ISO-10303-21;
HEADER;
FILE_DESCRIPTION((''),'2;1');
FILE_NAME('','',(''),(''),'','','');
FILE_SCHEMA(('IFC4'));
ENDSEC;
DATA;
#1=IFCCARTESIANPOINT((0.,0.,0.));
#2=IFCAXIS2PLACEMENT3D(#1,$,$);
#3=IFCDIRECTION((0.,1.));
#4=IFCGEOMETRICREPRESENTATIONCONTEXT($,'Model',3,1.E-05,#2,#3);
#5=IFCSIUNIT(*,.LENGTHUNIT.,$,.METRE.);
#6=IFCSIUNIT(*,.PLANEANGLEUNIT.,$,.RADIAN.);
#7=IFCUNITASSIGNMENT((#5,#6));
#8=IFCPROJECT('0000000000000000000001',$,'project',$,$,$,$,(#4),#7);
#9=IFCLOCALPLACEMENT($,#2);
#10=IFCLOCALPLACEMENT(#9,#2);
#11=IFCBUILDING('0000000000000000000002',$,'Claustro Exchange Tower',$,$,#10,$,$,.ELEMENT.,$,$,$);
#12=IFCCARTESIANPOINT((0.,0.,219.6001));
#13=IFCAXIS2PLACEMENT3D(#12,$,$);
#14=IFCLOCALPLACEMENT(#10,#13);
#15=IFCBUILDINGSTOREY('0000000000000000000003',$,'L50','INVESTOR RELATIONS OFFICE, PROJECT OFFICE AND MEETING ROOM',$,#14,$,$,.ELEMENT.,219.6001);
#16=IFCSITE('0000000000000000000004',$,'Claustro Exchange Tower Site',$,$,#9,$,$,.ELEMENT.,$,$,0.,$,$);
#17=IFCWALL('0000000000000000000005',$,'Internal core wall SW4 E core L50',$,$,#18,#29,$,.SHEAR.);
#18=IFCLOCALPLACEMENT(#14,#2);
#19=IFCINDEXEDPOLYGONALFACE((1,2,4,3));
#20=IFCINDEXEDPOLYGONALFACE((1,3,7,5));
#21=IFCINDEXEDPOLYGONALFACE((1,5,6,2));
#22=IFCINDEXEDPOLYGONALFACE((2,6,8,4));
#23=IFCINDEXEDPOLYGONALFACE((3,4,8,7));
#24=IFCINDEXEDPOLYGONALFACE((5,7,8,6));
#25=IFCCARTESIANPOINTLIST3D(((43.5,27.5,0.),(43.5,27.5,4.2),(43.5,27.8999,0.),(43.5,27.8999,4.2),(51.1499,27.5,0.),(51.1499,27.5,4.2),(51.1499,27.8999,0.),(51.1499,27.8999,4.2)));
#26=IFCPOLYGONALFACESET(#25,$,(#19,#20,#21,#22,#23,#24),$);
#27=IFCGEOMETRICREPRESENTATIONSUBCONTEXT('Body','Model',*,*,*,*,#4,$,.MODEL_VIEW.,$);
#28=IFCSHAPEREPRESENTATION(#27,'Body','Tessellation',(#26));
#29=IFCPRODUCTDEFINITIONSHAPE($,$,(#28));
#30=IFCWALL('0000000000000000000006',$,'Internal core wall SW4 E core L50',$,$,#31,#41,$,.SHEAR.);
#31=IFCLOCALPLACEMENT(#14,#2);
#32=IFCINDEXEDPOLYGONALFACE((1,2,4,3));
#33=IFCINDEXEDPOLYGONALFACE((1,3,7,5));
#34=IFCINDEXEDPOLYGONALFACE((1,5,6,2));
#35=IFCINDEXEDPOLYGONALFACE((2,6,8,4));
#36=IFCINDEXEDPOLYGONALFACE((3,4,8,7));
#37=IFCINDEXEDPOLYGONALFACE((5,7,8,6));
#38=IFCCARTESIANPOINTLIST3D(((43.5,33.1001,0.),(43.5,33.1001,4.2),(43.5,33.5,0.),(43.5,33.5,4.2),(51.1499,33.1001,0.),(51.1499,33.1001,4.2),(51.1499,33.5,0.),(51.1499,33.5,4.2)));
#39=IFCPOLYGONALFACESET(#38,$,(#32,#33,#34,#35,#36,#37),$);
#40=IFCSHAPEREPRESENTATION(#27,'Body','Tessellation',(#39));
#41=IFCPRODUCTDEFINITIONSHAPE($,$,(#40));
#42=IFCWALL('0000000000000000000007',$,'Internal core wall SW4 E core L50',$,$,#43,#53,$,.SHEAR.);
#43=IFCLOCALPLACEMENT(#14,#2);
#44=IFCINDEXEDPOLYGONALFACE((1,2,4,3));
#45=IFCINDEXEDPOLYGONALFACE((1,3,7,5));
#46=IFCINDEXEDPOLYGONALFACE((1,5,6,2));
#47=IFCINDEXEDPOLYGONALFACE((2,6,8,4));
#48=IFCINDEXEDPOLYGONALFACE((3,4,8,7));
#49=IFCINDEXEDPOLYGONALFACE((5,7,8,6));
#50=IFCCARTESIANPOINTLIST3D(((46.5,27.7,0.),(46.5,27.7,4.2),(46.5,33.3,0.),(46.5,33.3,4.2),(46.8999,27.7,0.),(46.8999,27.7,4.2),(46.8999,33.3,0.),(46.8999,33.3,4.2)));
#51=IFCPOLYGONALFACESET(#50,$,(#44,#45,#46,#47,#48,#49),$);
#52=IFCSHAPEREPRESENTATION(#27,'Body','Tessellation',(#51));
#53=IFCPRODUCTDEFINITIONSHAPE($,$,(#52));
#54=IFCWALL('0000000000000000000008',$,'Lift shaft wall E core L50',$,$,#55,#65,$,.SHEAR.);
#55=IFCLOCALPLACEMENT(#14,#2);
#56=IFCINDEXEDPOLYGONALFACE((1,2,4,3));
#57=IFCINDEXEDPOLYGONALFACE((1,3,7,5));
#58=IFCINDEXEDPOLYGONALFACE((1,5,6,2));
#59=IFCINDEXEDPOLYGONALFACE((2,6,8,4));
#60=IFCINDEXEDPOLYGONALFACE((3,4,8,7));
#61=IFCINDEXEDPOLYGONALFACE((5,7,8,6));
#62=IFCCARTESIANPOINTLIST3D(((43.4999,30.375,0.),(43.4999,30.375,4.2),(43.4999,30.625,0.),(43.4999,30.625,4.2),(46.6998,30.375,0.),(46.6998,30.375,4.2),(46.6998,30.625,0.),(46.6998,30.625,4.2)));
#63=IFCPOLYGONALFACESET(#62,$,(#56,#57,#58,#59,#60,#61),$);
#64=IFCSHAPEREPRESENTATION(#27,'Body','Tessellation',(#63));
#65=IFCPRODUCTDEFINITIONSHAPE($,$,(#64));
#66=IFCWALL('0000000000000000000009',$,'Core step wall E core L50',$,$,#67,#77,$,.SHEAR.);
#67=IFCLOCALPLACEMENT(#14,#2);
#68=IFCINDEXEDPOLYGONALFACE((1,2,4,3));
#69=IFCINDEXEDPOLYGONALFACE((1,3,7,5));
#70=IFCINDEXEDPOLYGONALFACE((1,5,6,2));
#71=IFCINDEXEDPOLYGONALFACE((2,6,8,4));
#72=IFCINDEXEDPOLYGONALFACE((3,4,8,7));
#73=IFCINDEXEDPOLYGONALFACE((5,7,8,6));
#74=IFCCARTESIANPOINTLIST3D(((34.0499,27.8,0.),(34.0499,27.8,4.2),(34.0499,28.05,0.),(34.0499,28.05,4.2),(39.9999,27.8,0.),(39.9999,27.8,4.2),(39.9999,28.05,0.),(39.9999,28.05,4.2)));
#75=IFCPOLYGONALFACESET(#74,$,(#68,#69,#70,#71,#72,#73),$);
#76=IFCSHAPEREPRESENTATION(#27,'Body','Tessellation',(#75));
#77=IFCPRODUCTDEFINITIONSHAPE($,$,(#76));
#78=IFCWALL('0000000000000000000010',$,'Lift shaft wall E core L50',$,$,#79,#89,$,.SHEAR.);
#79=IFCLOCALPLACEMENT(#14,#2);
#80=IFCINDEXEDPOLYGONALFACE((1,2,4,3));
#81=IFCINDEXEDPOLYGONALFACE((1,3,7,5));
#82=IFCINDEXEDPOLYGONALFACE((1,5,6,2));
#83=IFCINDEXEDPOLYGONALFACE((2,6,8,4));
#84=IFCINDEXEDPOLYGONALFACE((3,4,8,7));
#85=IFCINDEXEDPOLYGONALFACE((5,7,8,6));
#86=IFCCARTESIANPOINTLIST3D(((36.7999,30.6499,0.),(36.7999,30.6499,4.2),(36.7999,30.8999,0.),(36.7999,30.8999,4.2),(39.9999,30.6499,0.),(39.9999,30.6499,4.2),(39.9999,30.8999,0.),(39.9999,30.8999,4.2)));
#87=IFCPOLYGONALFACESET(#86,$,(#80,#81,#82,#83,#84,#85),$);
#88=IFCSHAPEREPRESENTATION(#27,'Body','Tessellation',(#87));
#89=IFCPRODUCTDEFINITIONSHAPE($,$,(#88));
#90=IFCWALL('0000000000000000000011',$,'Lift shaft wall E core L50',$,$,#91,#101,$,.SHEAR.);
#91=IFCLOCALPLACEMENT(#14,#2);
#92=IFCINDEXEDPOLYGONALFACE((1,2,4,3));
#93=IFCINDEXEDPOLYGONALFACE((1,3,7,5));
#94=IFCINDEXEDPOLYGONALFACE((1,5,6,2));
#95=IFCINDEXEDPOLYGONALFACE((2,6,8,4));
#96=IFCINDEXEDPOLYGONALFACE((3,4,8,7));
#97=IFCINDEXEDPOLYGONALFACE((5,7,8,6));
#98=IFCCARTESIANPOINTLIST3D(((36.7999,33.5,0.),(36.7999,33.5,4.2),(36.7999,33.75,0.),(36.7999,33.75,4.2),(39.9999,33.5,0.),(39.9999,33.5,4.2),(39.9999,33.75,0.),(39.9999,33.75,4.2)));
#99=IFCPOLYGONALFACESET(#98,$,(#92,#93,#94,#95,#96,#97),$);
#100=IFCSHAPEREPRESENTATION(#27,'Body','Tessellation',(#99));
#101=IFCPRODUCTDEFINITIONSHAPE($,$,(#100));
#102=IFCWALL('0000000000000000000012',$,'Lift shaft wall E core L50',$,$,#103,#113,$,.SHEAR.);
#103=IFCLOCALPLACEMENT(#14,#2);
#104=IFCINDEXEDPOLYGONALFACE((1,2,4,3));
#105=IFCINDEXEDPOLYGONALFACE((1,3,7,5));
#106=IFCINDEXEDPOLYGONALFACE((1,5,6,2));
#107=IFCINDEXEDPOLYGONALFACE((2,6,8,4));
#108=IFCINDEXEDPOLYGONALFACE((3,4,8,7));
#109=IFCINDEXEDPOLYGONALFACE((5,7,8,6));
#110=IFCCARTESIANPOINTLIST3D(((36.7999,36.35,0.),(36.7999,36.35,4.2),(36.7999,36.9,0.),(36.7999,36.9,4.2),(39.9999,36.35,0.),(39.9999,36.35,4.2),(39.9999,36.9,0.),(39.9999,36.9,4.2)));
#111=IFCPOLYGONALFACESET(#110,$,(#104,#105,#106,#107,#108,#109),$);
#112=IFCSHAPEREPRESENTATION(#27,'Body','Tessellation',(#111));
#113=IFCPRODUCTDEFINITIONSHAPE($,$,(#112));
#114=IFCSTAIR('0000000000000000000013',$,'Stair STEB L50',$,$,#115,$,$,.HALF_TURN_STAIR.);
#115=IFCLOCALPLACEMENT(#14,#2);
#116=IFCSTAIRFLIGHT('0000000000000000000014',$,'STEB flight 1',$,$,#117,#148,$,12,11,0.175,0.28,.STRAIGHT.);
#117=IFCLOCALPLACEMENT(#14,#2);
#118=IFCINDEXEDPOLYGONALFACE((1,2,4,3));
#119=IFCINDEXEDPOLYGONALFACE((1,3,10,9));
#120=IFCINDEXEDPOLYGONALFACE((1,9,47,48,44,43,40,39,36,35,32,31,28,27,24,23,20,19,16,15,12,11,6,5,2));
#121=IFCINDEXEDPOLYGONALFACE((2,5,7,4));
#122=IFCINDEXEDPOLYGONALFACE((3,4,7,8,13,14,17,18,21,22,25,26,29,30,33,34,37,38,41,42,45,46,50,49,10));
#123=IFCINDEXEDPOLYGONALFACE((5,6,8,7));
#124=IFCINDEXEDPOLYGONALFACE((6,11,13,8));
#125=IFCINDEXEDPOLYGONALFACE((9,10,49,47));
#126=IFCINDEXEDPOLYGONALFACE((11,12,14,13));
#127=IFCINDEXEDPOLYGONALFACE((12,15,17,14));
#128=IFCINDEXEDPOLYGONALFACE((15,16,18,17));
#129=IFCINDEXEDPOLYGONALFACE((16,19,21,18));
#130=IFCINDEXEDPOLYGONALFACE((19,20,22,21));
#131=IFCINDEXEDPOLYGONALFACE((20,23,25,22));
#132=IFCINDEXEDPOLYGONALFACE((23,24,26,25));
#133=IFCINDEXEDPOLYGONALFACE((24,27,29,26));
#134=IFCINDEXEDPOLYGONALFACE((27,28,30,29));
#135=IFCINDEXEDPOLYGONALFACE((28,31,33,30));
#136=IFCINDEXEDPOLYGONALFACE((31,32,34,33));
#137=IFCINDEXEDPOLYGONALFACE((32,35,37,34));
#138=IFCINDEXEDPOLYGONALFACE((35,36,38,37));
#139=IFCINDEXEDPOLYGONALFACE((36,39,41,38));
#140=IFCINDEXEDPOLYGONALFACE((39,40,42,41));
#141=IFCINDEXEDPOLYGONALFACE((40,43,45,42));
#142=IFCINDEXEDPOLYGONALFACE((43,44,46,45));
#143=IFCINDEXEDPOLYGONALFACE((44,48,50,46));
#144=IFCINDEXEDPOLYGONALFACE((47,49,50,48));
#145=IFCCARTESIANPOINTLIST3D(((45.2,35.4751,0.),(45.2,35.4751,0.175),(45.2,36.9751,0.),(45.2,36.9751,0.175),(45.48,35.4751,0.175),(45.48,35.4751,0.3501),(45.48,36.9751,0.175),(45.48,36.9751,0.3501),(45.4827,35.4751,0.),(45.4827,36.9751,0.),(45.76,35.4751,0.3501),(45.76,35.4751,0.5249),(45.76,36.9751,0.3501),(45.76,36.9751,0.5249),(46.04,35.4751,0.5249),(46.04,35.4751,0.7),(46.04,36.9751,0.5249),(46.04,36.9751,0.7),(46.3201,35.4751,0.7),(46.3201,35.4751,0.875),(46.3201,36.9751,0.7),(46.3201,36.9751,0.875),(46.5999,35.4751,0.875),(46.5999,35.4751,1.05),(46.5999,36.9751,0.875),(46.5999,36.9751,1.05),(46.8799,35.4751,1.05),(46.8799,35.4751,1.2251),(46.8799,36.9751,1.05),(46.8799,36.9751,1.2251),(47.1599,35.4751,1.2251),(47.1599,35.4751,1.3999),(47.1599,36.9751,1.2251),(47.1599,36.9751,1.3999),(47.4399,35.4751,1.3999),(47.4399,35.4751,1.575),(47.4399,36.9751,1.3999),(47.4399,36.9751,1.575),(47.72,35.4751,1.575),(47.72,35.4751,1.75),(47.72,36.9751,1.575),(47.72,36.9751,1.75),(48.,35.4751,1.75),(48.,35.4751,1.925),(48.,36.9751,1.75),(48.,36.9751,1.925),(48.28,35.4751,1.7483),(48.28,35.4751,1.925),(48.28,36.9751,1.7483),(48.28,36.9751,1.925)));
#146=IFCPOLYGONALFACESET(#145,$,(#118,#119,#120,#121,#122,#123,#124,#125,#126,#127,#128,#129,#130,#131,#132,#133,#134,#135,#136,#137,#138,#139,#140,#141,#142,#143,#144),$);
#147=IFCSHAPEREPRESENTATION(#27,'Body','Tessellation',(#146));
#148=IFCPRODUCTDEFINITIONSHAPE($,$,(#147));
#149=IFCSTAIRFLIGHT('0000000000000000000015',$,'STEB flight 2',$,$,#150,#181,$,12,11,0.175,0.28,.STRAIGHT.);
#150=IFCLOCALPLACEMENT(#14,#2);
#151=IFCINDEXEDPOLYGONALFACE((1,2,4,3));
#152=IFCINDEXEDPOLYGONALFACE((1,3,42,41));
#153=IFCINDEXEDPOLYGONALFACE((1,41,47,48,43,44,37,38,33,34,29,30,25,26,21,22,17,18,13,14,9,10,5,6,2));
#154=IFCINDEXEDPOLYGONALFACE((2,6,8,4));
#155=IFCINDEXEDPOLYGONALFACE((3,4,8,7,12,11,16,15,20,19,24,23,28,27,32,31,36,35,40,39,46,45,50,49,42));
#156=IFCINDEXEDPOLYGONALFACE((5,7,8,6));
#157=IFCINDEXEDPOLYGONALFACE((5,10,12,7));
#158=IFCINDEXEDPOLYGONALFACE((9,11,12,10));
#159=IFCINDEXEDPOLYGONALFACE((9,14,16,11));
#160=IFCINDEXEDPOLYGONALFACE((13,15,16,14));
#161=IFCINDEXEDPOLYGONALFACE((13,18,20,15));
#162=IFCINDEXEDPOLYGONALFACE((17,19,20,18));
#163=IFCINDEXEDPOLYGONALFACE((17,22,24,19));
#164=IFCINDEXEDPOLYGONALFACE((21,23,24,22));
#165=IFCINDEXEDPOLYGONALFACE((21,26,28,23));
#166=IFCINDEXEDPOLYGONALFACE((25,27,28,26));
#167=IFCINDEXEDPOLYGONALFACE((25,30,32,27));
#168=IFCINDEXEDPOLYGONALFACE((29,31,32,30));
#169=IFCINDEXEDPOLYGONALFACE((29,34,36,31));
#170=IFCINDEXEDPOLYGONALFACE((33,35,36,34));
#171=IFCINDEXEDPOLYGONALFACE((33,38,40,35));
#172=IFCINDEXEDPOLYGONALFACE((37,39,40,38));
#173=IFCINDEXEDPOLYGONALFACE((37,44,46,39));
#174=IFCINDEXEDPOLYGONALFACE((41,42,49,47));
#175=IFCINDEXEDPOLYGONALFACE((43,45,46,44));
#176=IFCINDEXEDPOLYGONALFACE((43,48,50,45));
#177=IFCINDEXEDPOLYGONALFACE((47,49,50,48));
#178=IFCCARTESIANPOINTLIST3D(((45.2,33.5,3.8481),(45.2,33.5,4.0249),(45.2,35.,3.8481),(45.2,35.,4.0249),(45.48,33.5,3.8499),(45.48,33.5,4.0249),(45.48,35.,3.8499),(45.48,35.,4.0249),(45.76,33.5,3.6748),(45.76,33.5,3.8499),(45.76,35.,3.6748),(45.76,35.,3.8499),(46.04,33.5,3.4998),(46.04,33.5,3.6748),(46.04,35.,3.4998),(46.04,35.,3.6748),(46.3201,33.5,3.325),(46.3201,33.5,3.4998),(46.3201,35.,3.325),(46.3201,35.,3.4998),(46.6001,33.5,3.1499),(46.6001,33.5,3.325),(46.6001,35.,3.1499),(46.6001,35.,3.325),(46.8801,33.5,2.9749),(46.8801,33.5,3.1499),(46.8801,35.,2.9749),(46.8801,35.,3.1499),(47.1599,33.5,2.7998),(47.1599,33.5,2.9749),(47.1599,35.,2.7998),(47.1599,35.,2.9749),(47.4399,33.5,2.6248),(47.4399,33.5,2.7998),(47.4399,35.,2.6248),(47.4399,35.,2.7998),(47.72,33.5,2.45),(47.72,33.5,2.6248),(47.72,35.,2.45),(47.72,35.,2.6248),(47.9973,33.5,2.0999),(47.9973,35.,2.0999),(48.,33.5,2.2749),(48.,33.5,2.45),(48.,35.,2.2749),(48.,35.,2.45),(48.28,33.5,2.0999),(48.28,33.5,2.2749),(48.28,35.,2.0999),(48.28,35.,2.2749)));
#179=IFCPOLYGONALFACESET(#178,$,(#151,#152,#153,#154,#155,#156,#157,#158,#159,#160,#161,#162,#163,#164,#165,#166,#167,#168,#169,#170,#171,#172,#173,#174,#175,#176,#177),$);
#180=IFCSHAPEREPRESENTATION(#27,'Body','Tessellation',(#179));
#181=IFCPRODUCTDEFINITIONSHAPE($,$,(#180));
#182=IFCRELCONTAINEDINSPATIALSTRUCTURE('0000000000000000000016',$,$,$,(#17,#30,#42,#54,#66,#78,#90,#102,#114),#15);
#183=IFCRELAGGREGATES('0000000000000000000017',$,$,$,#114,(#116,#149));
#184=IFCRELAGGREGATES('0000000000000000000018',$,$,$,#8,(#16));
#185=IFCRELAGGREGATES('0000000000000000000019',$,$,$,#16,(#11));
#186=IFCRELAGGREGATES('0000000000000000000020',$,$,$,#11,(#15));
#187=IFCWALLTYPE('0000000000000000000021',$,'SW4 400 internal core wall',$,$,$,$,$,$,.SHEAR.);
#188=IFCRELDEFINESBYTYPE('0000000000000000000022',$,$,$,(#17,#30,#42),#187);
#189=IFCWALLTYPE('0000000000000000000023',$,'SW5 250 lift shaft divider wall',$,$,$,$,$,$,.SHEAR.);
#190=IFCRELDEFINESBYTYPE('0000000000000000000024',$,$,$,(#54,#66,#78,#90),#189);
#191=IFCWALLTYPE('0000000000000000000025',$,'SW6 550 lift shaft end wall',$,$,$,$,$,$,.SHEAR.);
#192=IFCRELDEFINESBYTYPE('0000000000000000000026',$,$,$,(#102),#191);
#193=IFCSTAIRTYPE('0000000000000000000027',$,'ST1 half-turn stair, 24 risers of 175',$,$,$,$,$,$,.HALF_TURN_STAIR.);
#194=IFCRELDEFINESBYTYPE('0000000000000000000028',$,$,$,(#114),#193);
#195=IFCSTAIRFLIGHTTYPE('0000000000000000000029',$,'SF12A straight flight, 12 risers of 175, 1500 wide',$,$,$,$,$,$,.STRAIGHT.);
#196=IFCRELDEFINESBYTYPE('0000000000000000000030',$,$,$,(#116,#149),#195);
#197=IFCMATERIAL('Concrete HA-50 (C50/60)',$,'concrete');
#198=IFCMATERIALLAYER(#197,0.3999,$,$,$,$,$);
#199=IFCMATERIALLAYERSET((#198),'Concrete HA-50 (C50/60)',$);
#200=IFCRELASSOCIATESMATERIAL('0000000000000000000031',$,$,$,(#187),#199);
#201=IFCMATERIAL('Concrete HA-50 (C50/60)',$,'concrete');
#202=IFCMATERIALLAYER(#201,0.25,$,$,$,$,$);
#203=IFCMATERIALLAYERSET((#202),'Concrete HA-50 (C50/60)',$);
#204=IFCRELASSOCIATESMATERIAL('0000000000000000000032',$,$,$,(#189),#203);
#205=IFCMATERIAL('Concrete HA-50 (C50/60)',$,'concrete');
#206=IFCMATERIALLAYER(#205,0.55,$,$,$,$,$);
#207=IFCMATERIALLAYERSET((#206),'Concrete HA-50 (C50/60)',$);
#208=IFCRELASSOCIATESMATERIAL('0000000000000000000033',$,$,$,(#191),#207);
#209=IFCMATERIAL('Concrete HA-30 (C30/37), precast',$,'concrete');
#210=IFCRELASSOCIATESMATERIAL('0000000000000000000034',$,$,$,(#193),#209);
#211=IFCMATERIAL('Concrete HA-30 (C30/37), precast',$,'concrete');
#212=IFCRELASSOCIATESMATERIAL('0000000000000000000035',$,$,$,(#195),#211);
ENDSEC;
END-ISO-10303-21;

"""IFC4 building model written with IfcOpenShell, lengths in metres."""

from ifc_helpers import new_model, si_unit, direction, frame, frame_2d, origin, place, context, subcontext, project, spatial, polyline, rectangle, outline, extrude, material, layer, layer_set, type_object, element, aggregate, save


model = new_model("IFC4")

# Units and contexts
model_context = context("Model", 3, precision=1e-05, world=origin(), true_north=direction((0.0, 1.0)))
body_context = subcontext(model_context, "Body", "Model", "MODEL_VIEW")
ifc_project = project(units=[si_unit("LENGTHUNIT", "METRE"), si_unit("PLANEANGLEUNIT", "RADIAN")], contexts=[model_context])

# Site, building, storey
site_placement = place(None, origin())
site = spatial("IfcSite", under=ifc_project, at=site_placement, Name="Claustro Exchange Tower Site", CompositionType="ELEMENT", RefElevation=0.0)
building_placement = place(site_placement, origin())
building = spatial("IfcBuilding", under=site, at=building_placement, Name="Claustro Exchange Tower", CompositionType="ELEMENT")
storey_placement = place(building_placement, frame((0.0, 0.0, 219.6001)))
storey = spatial("IfcBuildingStorey", under=building, at=storey_placement, Name="L50", Description="INVESTOR RELATIONS OFFICE, PROJECT OFFICE AND MEETING ROOM", CompositionType="ELEMENT", Elevation=219.6001)

# Walls
ifc_material_1 = material(Name="Concrete HA-50 (C50/60)", Category="concrete")
ifc_layer_1 = layer(ifc_material_1, 0.3999)
ifc_layer_set_1 = layer_set([ifc_layer_1], Name="Concrete HA-50 (C50/60)")
wall_type_1 = type_object("IfcWallType", Name="SW4 400 internal core wall", PredefinedType="SHEAR", material=ifc_layer_set_1)
for number, where, z_axis, x_axis, name in (
    (1, (51.1499, 27.7, 0.0), (0.0, 0.0, 1.0), (-1.0, 0.0, 0.0), "Internal core wall SW4 E core L50"),
    (2, (51.1499, 33.3, 0.0), (0.0, 0.0, 1.0), (-1.0, 0.0, 0.0), "Internal core wall SW4 E core L50"),
):
    element("IfcWall", number, at=place(storey_placement, frame(where, z_axis=z_axis, x_axis=x_axis)), inside=storey, type_object=wall_type_1, Name=name, PredefinedType="SHEAR", context=body_context, shape_type="SweptSolid", body=[
        extrude(rectangle(XDim=7.6499, YDim=0.3999, at=frame_2d((3.825, 0.0))), origin(), (0.0, 0.0, 1.0), 4.2),
    ])
wall_1_placement = place(storey_placement, frame((46.7, 27.7, 0.0), z_axis=(0.0, 0.0, 1.0), x_axis=(0.0, 1.0, 0.0)))
element("IfcWall", 3, at=wall_1_placement, inside=storey, type_object=wall_type_1, Name="Internal core wall SW4 E core L50", PredefinedType="SHEAR", context=body_context, shape_type="SweptSolid", body=[
    extrude(rectangle(XDim=5.6001, YDim=0.3999, at=frame_2d((2.8, 0.0))), origin(), (0.0, 0.0, 1.0), 4.2),
])
ifc_material_2 = material(Name="Concrete HA-50 (C50/60)", Category="concrete")
ifc_layer_2 = layer(ifc_material_2, 0.25)
ifc_layer_set_2 = layer_set([ifc_layer_2], Name="Concrete HA-50 (C50/60)")
wall_type_2 = type_object("IfcWallType", Name="SW5 250 lift shaft divider wall", PredefinedType="SHEAR", material=ifc_layer_set_2)
wall_2_placement = place(storey_placement, frame((46.7, 30.5, 0.0), z_axis=(0.0, 0.0, 1.0), x_axis=(-1.0, 0.0, 0.0)))
element("IfcWall", 4, at=wall_2_placement, inside=storey, type_object=wall_type_2, Name="Lift shaft wall E core L50", PredefinedType="SHEAR", context=body_context, shape_type="SweptSolid", body=[
    extrude(rectangle(XDim=3.2, YDim=0.25, at=frame_2d((1.6001, 0.0))), origin(), (0.0, 0.0, 1.0), 4.2),
])
wall_3_placement = place(storey_placement, frame((40.0, 27.925, 0.0), z_axis=(0.0, 0.0, 1.0), x_axis=(-1.0, 0.0, 0.0)))
element("IfcWall", 5, at=wall_3_placement, inside=storey, type_object=wall_type_2, Name="Core step wall E core L50", PredefinedType="SHEAR", context=body_context, shape_type="SweptSolid", body=[
    extrude(rectangle(XDim=5.95, YDim=0.25, at=frame_2d((2.9751, 0.0))), origin(), (0.0, 0.0, 1.0), 4.2),
])
for number, where, z_axis, x_axis, name in (
    (6, (40.0, 30.7749, 0.0), (0.0, 0.0, 1.0), (-1.0, 0.0, 0.0), "Lift shaft wall E core L50"),
    (7, (40.0, 33.625, 0.0), (0.0, 0.0, 1.0), (-1.0, 0.0, 0.0), "Lift shaft wall E core L50"),
):
    element("IfcWall", number, at=place(storey_placement, frame(where, z_axis=z_axis, x_axis=x_axis)), inside=storey, type_object=wall_type_2, Name=name, PredefinedType="SHEAR", context=body_context, shape_type="SweptSolid", body=[
        extrude(rectangle(XDim=3.2, YDim=0.25, at=frame_2d((1.6001, 0.0))), origin(), (0.0, 0.0, 1.0), 4.2),
    ])
ifc_material_3 = material(Name="Concrete HA-50 (C50/60)", Category="concrete")
ifc_layer_3 = layer(ifc_material_3, 0.55)
ifc_layer_set_3 = layer_set([ifc_layer_3], Name="Concrete HA-50 (C50/60)")
wall_type_3 = type_object("IfcWallType", Name="SW6 550 lift shaft end wall", PredefinedType="SHEAR", material=ifc_layer_set_3)
wall_4_placement = place(storey_placement, frame((40.0, 36.625, 0.0), z_axis=(0.0, 0.0, 1.0), x_axis=(-1.0, 0.0, 0.0)))
element("IfcWall", 8, at=wall_4_placement, inside=storey, type_object=wall_type_3, Name="Lift shaft wall E core L50", PredefinedType="SHEAR", context=body_context, shape_type="SweptSolid", body=[
    extrude(rectangle(XDim=3.2, YDim=0.55, at=frame_2d((1.6001, 0.0))), origin(), (0.0, 0.0, 1.0), 4.2),
])

# Stair, stair flights
ifc_material_4 = material(Name="Concrete HA-30 (C30/37), precast", Category="concrete")
stair_type = type_object("IfcStairType", Name="ST1 half-turn stair, 24 risers of 175", PredefinedType="HALF_TURN_STAIR", material=ifc_material_4)
stair_placement = place(storey_placement, origin())
stair = element("IfcStair", 9, at=stair_placement, inside=storey, type_object=stair_type, Name="Stair STEB L50", PredefinedType="HALF_TURN_STAIR")
ifc_material_5 = material(Name="Concrete HA-30 (C30/37), precast", Category="concrete")
stair_flight_type = type_object("IfcStairFlightType", Name="SF12A straight flight, 12 risers of 175, 1500 wide", PredefinedType="STRAIGHT", material=ifc_material_5)
stair_flight_1_placement = place(storey_placement, frame((45.2, 36.2251, 0.0), z_axis=(0.0, 0.0, 1.0), x_axis=(1.0, 0.0, 0.0)))
stair_flight_1 = element("IfcStairFlight", 10, at=stair_flight_1_placement, type_object=stair_flight_type, Name="STEB flight 1", NumberOfRisers=12, NumberOfTreads=11, PredefinedType="STRAIGHT", RiserHeight=0.175, TreadLength=0.28, context=body_context, shape_type="SweptSolid", body=[
    extrude(outline(polyline([(0.0, 0.0), (0.0, 0.175), (0.28, 0.175), (0.28, 0.3501), (0.5601, 0.3501), (0.5601, 0.5249), (0.8401, 0.5249), (0.8401, 0.7), (1.1201, 0.7), (1.1201, 0.875), (1.3999, 0.875), (1.3999, 1.05), (1.6799, 1.05), (1.6799, 1.2251), (1.96, 1.2251), (1.96, 1.3999), (2.24, 1.3999), (2.24, 1.575), (2.52, 1.575), (2.52, 1.75), (2.8, 1.75), (2.8, 1.925), (3.0801, 1.925), (3.0801, 2.1001), (3.0801, 1.7483), (0.2827, 0.0), (0.0, 0.0)])), frame((0.0, 0.75, 0.0), z_axis=(0.0, -1.0, 0.0), x_axis=(1.0, 0.0, 0.0)), (0.0, 0.0, 1.0), 1.5),
])
stair_flight_2_placement = place(storey_placement, frame((48.28, 34.25, 2.0999), z_axis=(0.0, 0.0, 1.0), x_axis=(-1.0, 0.0, 0.0)))
stair_flight_2 = element("IfcStairFlight", 11, at=stair_flight_2_placement, type_object=stair_flight_type, Name="STEB flight 2", NumberOfRisers=12, NumberOfTreads=11, PredefinedType="STRAIGHT", RiserHeight=0.175, TreadLength=0.28, context=body_context, shape_type="SweptSolid", body=[
    extrude(outline(polyline([(0.0, 0.0), (0.0, 0.175), (0.28, 0.175), (0.28, 0.3501), (0.5601, 0.3501), (0.5601, 0.5249), (0.8401, 0.5249), (0.8401, 0.7), (1.1201, 0.7), (1.1201, 0.875), (1.3999, 0.875), (1.3999, 1.05), (1.6799, 1.05), (1.6799, 1.2251), (1.96, 1.2251), (1.96, 1.3999), (2.24, 1.3999), (2.24, 1.575), (2.52, 1.575), (2.52, 1.75), (2.8, 1.75), (2.8, 1.925), (3.0801, 1.925), (3.0801, 2.1001), (3.0801, 1.7483), (0.2827, 0.0), (0.0, 0.0)])), frame((0.0, 0.75, 0.0), z_axis=(0.0, -1.0, 0.0), x_axis=(1.0, 0.0, 0.0)), (0.0, 0.0, 1.0), 1.5),
])
aggregate(stair, [stair_flight_1, stair_flight_2])

save(model, "model.ifc")
